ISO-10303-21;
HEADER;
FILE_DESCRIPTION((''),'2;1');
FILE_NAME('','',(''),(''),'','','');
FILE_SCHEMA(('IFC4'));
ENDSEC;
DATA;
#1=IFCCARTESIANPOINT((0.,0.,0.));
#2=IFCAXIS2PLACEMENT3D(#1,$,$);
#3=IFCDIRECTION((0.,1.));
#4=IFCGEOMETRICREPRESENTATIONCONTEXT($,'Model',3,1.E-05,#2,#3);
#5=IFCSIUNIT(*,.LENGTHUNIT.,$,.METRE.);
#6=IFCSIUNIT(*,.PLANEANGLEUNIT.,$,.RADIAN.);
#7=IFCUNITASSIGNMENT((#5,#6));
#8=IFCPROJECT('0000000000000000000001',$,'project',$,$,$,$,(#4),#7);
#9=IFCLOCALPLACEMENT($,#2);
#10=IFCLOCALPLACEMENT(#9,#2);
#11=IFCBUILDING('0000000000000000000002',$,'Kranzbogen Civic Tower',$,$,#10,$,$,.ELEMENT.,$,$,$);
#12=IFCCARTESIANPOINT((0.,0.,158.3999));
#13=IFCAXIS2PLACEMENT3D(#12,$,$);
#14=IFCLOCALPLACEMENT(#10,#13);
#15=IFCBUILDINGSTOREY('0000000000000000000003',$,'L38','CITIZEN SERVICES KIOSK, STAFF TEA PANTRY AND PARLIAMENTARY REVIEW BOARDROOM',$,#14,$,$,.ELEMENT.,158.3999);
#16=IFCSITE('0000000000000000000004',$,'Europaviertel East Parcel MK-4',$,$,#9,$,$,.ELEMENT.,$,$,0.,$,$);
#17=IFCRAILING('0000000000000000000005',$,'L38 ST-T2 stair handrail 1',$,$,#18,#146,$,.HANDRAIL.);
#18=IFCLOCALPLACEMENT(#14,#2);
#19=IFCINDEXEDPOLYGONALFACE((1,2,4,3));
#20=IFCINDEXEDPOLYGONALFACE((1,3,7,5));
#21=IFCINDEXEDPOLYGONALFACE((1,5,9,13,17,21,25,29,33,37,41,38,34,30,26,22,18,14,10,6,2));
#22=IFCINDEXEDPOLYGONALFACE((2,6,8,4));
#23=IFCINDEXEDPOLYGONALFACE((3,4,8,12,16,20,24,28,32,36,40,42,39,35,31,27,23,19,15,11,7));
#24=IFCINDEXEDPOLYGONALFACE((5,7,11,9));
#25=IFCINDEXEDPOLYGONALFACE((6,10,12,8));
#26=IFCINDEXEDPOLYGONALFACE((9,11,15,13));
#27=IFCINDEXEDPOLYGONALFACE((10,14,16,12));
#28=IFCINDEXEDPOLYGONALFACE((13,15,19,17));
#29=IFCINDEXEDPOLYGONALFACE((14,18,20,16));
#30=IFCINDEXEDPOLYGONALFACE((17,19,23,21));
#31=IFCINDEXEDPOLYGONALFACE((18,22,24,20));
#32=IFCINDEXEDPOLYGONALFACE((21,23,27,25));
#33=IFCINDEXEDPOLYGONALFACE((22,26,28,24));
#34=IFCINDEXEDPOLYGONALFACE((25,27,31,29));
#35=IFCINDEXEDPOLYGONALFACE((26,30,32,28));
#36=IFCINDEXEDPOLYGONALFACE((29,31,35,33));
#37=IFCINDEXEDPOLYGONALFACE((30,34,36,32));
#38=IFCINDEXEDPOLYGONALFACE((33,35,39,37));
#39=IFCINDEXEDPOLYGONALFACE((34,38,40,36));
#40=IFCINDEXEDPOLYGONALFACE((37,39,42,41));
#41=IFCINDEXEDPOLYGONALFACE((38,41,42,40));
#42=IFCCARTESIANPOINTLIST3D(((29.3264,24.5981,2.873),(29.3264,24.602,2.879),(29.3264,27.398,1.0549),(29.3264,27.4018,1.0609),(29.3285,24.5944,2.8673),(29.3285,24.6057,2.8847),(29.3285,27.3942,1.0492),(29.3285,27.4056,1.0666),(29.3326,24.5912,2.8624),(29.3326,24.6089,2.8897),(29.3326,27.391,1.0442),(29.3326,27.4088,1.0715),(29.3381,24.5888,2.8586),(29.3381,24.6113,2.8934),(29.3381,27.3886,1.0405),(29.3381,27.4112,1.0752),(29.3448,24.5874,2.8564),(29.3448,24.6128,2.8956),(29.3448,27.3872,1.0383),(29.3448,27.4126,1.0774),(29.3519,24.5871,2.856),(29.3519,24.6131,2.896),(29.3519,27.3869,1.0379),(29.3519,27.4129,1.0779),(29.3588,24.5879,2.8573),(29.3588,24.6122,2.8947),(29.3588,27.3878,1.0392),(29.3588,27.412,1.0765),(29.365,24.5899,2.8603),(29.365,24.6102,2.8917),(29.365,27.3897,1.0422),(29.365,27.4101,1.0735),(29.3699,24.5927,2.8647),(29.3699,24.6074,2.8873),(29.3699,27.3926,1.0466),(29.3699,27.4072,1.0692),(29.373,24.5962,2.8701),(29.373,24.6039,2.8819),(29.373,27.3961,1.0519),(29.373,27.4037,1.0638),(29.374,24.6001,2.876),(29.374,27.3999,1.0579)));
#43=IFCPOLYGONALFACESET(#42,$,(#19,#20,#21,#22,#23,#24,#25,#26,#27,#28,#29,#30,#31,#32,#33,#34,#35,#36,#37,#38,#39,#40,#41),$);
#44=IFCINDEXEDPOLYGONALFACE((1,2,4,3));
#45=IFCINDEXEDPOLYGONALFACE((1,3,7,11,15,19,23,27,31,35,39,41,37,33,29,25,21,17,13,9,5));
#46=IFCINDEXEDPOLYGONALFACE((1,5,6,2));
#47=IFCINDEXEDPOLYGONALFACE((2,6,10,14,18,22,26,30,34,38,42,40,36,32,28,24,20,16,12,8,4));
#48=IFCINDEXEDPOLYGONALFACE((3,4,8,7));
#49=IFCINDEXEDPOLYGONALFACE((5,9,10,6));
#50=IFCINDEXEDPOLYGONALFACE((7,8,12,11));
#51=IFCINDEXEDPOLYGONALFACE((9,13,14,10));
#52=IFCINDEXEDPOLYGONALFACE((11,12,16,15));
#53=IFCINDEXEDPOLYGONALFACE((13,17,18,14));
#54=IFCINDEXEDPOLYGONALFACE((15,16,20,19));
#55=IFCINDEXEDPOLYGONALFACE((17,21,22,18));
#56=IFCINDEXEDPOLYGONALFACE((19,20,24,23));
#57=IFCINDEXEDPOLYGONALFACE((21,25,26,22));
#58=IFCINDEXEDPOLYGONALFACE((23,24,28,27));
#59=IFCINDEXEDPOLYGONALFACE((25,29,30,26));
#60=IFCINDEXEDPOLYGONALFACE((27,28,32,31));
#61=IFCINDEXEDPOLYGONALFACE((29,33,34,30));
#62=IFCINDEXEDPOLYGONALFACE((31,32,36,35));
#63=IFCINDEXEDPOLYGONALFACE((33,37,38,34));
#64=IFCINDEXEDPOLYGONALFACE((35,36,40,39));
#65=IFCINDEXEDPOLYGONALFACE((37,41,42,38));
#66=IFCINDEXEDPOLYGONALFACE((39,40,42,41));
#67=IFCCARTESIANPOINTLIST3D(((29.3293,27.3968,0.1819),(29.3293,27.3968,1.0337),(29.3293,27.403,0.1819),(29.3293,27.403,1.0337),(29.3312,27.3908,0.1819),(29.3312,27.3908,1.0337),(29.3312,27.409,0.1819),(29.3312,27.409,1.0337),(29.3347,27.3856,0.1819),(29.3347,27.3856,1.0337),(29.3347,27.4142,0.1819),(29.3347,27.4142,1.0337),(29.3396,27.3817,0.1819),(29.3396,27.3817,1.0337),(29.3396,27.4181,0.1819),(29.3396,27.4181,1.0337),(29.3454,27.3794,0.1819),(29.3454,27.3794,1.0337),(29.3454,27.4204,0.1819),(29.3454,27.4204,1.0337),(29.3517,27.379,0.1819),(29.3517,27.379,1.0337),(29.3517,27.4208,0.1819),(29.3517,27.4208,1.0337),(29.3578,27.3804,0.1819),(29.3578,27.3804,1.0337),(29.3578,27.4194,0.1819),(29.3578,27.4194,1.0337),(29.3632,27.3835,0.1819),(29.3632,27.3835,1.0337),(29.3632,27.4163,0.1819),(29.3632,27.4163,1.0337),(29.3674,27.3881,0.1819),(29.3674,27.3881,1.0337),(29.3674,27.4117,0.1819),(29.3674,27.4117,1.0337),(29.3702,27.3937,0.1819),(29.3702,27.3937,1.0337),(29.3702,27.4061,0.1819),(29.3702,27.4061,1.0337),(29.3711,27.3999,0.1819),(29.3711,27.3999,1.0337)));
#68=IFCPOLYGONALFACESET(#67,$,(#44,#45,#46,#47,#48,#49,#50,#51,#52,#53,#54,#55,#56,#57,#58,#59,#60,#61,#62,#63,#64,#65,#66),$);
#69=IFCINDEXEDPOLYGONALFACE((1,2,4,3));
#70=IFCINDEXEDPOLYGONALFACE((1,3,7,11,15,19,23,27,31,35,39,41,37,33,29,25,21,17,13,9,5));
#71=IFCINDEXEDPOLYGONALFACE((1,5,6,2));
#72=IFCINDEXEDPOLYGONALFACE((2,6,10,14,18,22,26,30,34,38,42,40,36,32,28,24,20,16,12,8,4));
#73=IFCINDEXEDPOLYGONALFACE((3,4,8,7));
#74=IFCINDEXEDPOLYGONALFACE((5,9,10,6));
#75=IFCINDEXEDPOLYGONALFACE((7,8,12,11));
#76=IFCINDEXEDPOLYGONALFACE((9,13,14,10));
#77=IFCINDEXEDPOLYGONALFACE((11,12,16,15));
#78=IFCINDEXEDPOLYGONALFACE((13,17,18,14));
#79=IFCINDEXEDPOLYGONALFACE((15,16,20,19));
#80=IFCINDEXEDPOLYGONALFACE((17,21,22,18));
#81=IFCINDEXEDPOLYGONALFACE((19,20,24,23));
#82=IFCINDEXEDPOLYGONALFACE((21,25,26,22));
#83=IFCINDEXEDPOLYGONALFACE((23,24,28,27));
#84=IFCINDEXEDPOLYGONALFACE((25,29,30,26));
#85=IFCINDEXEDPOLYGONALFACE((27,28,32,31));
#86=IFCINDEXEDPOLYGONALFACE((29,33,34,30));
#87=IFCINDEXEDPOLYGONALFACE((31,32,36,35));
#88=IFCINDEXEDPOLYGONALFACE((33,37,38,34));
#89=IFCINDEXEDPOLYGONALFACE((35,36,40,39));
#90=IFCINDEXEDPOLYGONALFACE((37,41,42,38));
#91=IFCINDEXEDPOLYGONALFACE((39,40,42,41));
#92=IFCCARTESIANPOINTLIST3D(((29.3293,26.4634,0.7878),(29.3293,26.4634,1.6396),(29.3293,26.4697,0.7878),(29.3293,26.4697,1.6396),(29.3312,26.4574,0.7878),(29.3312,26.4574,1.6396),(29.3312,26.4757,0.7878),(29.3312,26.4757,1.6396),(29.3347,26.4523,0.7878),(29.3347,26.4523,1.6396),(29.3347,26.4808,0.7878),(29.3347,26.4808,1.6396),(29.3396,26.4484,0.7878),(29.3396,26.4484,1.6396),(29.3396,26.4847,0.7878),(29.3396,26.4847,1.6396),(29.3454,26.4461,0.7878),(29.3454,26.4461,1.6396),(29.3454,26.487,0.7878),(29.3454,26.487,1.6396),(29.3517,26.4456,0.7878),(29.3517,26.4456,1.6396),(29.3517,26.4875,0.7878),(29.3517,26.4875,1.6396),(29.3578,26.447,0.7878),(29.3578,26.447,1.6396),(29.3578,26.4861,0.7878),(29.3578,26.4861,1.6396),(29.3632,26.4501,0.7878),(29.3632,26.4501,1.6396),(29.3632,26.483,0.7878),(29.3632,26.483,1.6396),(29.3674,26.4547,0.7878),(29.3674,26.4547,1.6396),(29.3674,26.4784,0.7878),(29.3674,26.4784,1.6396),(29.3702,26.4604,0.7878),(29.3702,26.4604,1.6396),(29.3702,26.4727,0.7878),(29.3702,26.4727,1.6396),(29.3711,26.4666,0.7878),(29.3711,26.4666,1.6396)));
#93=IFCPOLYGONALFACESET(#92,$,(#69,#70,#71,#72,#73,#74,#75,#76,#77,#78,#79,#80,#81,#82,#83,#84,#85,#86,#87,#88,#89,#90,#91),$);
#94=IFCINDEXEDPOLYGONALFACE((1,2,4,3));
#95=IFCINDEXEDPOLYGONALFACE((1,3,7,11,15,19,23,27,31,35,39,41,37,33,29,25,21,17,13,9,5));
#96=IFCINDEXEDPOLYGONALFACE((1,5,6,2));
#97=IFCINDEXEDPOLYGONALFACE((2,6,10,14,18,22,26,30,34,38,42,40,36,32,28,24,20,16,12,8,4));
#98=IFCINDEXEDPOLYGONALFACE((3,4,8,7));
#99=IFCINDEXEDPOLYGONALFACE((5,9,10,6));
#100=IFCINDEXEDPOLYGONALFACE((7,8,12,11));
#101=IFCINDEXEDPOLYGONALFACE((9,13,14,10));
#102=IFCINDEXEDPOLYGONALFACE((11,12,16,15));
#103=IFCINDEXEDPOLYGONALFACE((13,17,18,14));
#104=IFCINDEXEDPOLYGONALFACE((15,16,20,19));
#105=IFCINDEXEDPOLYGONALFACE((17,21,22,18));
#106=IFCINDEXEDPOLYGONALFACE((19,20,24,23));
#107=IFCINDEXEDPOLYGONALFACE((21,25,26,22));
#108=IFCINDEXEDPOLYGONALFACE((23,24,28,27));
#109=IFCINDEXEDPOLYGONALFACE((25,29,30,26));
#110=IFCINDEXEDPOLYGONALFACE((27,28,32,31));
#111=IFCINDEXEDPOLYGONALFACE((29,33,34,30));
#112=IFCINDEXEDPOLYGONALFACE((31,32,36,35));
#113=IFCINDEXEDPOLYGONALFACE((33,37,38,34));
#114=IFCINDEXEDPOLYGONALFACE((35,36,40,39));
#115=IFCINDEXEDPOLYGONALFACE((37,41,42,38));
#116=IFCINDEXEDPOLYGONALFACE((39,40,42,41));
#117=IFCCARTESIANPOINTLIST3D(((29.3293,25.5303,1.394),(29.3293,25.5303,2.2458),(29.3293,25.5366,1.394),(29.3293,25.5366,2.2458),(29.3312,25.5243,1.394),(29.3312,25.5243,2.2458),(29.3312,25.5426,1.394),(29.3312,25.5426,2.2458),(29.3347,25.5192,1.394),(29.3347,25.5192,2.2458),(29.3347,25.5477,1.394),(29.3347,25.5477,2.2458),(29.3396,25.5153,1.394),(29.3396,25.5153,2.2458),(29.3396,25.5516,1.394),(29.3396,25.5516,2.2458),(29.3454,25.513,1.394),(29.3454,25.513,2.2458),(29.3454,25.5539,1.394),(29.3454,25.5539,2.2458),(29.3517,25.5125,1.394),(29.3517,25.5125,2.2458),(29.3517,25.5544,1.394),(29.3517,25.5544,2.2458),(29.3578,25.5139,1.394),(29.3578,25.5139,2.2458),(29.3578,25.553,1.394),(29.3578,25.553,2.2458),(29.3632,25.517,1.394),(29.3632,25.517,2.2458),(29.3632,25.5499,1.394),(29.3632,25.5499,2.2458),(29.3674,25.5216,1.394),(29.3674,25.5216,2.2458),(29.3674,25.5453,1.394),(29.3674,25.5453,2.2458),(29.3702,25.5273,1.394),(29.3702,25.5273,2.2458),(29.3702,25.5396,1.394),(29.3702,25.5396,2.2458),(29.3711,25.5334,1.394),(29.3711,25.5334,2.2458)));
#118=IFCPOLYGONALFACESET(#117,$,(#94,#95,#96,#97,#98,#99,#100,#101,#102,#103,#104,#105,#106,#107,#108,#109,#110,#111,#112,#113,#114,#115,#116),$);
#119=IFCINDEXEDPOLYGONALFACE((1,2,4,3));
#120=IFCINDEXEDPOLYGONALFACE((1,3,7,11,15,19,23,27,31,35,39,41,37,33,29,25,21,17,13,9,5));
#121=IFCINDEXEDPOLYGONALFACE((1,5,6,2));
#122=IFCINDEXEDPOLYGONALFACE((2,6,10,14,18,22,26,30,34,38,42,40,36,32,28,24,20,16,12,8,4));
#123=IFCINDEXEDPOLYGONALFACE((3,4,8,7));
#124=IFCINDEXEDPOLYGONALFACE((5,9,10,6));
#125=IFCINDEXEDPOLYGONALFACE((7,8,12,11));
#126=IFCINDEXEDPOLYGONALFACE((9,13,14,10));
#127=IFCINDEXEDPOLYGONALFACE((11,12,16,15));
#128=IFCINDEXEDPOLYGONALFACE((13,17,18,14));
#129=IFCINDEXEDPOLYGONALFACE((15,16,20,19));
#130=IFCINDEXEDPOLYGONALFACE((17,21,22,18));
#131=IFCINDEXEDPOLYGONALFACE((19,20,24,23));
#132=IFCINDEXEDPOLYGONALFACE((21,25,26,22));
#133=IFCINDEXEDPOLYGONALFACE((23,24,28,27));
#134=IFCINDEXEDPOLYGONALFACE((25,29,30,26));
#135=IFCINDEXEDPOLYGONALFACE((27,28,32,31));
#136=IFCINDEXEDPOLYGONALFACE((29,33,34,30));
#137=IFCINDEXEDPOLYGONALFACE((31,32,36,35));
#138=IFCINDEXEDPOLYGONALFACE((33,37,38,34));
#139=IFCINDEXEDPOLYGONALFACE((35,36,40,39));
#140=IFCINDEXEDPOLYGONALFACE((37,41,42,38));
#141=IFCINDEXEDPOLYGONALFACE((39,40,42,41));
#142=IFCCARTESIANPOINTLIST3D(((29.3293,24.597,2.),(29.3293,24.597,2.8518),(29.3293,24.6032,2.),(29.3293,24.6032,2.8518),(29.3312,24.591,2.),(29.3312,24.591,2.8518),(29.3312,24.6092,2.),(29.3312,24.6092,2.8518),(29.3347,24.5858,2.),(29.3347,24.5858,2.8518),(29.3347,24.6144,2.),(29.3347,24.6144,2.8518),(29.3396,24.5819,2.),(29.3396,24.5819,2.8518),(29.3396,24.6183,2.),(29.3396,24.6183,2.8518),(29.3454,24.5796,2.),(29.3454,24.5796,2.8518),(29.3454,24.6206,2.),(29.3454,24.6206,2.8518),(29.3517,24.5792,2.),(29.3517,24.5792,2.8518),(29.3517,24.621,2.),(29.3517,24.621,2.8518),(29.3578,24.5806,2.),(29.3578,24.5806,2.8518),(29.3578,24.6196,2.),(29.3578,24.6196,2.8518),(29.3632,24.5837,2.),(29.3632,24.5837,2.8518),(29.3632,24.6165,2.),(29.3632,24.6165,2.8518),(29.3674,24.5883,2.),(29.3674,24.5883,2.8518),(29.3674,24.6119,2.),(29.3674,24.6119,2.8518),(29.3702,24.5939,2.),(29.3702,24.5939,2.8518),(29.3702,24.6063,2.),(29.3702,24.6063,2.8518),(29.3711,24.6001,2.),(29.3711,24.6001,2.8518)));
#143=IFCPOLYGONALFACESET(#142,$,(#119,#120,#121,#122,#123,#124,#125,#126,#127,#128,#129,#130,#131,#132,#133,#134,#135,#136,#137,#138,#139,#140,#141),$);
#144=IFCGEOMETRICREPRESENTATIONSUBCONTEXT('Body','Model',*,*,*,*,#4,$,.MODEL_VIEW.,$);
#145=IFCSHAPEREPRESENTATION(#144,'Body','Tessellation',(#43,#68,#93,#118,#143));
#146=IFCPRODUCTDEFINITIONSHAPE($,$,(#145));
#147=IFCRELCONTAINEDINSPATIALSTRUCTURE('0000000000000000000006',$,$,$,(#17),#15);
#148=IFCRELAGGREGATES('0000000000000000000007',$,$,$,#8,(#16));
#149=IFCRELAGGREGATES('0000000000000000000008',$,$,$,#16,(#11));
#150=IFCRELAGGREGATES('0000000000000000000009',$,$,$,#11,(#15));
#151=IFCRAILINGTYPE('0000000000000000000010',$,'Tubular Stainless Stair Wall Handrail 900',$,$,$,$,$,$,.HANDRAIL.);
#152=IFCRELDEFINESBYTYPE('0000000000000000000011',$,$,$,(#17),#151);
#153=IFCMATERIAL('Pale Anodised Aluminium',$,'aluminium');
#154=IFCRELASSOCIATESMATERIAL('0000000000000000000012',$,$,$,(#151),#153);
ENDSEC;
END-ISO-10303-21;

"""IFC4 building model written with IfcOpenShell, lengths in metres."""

from ifc_helpers import new_model, si_unit, direction, frame, origin, origin_2d, place, context, subcontext, project, spatial, circle, extrude, material, type_object, element, save


model = new_model("IFC4")

# Units and contexts
model_context = context("Model", 3, precision=1e-05, world=origin(), true_north=direction((0.0, 1.0)))
body_context = subcontext(model_context, "Body", "Model", "MODEL_VIEW")
ifc_project = project(units=[si_unit("LENGTHUNIT", "METRE"), si_unit("PLANEANGLEUNIT", "RADIAN")], contexts=[model_context])

# Site, building, storey
site_placement = place(None, origin())
site = spatial("IfcSite", under=ifc_project, at=site_placement, Name="Europaviertel East Parcel MK-4", CompositionType="ELEMENT", RefElevation=0.0)
building_placement = place(site_placement, origin())
building = spatial("IfcBuilding", under=site, at=building_placement, Name="Kranzbogen Civic Tower", CompositionType="ELEMENT")
storey_placement = place(building_placement, frame((0.0, 0.0, 158.3999)))
storey = spatial("IfcBuildingStorey", under=building, at=storey_placement, Name="L38", Description="CITIZEN SERVICES KIOSK, STAFF TEA PANTRY AND PARLIAMENTARY REVIEW BOARDROOM", CompositionType="ELEMENT", Elevation=158.3999)

# Shared definitions
ifc_material_1 = material(Name="Pale Anodised Aluminium", Category="aluminium")

# Railing
railing_type_1 = type_object("IfcRailingType", Name="Tubular Stainless Stair Wall Handrail 900", PredefinedType="HANDRAIL", material=ifc_material_1)
railing_1_placement = place(storey_placement, frame((29.3501, 27.3999, 0.1819)))
element("IfcRailing", 1, at=railing_1_placement, inside=storey, type_object=railing_type_1, Name="L38 ST-T2 stair handrail 1", PredefinedType="HANDRAIL", context=body_context, shape_type="SweptSolid", body=[
    extrude(circle(Radius=0.0239, at=origin_2d()), frame((0.0, 0.0, 0.876), z_axis=(0.0, -0.838684, 0.544618), x_axis=(1.0, 0.0, 0.0)), (0.0, 0.0, 1.0), 3.3384),
    extrude(circle(Radius=0.021, at=origin_2d()), origin(), (0.0, 0.0, 1.0), 0.8518),
    extrude(circle(Radius=0.021, at=origin_2d()), frame((0.0, -0.9333, 0.606)), (0.0, 0.0, 1.0), 0.8518),
    extrude(circle(Radius=0.021, at=origin_2d()), frame((0.0, -1.8665, 1.2122)), (0.0, 0.0, 1.0), 0.8518),
    extrude(circle(Radius=0.021, at=origin_2d()), frame((0.0, -2.7998, 1.8181)), (0.0, 0.0, 1.0), 0.8518),
])

save(model, "model.ifc")
